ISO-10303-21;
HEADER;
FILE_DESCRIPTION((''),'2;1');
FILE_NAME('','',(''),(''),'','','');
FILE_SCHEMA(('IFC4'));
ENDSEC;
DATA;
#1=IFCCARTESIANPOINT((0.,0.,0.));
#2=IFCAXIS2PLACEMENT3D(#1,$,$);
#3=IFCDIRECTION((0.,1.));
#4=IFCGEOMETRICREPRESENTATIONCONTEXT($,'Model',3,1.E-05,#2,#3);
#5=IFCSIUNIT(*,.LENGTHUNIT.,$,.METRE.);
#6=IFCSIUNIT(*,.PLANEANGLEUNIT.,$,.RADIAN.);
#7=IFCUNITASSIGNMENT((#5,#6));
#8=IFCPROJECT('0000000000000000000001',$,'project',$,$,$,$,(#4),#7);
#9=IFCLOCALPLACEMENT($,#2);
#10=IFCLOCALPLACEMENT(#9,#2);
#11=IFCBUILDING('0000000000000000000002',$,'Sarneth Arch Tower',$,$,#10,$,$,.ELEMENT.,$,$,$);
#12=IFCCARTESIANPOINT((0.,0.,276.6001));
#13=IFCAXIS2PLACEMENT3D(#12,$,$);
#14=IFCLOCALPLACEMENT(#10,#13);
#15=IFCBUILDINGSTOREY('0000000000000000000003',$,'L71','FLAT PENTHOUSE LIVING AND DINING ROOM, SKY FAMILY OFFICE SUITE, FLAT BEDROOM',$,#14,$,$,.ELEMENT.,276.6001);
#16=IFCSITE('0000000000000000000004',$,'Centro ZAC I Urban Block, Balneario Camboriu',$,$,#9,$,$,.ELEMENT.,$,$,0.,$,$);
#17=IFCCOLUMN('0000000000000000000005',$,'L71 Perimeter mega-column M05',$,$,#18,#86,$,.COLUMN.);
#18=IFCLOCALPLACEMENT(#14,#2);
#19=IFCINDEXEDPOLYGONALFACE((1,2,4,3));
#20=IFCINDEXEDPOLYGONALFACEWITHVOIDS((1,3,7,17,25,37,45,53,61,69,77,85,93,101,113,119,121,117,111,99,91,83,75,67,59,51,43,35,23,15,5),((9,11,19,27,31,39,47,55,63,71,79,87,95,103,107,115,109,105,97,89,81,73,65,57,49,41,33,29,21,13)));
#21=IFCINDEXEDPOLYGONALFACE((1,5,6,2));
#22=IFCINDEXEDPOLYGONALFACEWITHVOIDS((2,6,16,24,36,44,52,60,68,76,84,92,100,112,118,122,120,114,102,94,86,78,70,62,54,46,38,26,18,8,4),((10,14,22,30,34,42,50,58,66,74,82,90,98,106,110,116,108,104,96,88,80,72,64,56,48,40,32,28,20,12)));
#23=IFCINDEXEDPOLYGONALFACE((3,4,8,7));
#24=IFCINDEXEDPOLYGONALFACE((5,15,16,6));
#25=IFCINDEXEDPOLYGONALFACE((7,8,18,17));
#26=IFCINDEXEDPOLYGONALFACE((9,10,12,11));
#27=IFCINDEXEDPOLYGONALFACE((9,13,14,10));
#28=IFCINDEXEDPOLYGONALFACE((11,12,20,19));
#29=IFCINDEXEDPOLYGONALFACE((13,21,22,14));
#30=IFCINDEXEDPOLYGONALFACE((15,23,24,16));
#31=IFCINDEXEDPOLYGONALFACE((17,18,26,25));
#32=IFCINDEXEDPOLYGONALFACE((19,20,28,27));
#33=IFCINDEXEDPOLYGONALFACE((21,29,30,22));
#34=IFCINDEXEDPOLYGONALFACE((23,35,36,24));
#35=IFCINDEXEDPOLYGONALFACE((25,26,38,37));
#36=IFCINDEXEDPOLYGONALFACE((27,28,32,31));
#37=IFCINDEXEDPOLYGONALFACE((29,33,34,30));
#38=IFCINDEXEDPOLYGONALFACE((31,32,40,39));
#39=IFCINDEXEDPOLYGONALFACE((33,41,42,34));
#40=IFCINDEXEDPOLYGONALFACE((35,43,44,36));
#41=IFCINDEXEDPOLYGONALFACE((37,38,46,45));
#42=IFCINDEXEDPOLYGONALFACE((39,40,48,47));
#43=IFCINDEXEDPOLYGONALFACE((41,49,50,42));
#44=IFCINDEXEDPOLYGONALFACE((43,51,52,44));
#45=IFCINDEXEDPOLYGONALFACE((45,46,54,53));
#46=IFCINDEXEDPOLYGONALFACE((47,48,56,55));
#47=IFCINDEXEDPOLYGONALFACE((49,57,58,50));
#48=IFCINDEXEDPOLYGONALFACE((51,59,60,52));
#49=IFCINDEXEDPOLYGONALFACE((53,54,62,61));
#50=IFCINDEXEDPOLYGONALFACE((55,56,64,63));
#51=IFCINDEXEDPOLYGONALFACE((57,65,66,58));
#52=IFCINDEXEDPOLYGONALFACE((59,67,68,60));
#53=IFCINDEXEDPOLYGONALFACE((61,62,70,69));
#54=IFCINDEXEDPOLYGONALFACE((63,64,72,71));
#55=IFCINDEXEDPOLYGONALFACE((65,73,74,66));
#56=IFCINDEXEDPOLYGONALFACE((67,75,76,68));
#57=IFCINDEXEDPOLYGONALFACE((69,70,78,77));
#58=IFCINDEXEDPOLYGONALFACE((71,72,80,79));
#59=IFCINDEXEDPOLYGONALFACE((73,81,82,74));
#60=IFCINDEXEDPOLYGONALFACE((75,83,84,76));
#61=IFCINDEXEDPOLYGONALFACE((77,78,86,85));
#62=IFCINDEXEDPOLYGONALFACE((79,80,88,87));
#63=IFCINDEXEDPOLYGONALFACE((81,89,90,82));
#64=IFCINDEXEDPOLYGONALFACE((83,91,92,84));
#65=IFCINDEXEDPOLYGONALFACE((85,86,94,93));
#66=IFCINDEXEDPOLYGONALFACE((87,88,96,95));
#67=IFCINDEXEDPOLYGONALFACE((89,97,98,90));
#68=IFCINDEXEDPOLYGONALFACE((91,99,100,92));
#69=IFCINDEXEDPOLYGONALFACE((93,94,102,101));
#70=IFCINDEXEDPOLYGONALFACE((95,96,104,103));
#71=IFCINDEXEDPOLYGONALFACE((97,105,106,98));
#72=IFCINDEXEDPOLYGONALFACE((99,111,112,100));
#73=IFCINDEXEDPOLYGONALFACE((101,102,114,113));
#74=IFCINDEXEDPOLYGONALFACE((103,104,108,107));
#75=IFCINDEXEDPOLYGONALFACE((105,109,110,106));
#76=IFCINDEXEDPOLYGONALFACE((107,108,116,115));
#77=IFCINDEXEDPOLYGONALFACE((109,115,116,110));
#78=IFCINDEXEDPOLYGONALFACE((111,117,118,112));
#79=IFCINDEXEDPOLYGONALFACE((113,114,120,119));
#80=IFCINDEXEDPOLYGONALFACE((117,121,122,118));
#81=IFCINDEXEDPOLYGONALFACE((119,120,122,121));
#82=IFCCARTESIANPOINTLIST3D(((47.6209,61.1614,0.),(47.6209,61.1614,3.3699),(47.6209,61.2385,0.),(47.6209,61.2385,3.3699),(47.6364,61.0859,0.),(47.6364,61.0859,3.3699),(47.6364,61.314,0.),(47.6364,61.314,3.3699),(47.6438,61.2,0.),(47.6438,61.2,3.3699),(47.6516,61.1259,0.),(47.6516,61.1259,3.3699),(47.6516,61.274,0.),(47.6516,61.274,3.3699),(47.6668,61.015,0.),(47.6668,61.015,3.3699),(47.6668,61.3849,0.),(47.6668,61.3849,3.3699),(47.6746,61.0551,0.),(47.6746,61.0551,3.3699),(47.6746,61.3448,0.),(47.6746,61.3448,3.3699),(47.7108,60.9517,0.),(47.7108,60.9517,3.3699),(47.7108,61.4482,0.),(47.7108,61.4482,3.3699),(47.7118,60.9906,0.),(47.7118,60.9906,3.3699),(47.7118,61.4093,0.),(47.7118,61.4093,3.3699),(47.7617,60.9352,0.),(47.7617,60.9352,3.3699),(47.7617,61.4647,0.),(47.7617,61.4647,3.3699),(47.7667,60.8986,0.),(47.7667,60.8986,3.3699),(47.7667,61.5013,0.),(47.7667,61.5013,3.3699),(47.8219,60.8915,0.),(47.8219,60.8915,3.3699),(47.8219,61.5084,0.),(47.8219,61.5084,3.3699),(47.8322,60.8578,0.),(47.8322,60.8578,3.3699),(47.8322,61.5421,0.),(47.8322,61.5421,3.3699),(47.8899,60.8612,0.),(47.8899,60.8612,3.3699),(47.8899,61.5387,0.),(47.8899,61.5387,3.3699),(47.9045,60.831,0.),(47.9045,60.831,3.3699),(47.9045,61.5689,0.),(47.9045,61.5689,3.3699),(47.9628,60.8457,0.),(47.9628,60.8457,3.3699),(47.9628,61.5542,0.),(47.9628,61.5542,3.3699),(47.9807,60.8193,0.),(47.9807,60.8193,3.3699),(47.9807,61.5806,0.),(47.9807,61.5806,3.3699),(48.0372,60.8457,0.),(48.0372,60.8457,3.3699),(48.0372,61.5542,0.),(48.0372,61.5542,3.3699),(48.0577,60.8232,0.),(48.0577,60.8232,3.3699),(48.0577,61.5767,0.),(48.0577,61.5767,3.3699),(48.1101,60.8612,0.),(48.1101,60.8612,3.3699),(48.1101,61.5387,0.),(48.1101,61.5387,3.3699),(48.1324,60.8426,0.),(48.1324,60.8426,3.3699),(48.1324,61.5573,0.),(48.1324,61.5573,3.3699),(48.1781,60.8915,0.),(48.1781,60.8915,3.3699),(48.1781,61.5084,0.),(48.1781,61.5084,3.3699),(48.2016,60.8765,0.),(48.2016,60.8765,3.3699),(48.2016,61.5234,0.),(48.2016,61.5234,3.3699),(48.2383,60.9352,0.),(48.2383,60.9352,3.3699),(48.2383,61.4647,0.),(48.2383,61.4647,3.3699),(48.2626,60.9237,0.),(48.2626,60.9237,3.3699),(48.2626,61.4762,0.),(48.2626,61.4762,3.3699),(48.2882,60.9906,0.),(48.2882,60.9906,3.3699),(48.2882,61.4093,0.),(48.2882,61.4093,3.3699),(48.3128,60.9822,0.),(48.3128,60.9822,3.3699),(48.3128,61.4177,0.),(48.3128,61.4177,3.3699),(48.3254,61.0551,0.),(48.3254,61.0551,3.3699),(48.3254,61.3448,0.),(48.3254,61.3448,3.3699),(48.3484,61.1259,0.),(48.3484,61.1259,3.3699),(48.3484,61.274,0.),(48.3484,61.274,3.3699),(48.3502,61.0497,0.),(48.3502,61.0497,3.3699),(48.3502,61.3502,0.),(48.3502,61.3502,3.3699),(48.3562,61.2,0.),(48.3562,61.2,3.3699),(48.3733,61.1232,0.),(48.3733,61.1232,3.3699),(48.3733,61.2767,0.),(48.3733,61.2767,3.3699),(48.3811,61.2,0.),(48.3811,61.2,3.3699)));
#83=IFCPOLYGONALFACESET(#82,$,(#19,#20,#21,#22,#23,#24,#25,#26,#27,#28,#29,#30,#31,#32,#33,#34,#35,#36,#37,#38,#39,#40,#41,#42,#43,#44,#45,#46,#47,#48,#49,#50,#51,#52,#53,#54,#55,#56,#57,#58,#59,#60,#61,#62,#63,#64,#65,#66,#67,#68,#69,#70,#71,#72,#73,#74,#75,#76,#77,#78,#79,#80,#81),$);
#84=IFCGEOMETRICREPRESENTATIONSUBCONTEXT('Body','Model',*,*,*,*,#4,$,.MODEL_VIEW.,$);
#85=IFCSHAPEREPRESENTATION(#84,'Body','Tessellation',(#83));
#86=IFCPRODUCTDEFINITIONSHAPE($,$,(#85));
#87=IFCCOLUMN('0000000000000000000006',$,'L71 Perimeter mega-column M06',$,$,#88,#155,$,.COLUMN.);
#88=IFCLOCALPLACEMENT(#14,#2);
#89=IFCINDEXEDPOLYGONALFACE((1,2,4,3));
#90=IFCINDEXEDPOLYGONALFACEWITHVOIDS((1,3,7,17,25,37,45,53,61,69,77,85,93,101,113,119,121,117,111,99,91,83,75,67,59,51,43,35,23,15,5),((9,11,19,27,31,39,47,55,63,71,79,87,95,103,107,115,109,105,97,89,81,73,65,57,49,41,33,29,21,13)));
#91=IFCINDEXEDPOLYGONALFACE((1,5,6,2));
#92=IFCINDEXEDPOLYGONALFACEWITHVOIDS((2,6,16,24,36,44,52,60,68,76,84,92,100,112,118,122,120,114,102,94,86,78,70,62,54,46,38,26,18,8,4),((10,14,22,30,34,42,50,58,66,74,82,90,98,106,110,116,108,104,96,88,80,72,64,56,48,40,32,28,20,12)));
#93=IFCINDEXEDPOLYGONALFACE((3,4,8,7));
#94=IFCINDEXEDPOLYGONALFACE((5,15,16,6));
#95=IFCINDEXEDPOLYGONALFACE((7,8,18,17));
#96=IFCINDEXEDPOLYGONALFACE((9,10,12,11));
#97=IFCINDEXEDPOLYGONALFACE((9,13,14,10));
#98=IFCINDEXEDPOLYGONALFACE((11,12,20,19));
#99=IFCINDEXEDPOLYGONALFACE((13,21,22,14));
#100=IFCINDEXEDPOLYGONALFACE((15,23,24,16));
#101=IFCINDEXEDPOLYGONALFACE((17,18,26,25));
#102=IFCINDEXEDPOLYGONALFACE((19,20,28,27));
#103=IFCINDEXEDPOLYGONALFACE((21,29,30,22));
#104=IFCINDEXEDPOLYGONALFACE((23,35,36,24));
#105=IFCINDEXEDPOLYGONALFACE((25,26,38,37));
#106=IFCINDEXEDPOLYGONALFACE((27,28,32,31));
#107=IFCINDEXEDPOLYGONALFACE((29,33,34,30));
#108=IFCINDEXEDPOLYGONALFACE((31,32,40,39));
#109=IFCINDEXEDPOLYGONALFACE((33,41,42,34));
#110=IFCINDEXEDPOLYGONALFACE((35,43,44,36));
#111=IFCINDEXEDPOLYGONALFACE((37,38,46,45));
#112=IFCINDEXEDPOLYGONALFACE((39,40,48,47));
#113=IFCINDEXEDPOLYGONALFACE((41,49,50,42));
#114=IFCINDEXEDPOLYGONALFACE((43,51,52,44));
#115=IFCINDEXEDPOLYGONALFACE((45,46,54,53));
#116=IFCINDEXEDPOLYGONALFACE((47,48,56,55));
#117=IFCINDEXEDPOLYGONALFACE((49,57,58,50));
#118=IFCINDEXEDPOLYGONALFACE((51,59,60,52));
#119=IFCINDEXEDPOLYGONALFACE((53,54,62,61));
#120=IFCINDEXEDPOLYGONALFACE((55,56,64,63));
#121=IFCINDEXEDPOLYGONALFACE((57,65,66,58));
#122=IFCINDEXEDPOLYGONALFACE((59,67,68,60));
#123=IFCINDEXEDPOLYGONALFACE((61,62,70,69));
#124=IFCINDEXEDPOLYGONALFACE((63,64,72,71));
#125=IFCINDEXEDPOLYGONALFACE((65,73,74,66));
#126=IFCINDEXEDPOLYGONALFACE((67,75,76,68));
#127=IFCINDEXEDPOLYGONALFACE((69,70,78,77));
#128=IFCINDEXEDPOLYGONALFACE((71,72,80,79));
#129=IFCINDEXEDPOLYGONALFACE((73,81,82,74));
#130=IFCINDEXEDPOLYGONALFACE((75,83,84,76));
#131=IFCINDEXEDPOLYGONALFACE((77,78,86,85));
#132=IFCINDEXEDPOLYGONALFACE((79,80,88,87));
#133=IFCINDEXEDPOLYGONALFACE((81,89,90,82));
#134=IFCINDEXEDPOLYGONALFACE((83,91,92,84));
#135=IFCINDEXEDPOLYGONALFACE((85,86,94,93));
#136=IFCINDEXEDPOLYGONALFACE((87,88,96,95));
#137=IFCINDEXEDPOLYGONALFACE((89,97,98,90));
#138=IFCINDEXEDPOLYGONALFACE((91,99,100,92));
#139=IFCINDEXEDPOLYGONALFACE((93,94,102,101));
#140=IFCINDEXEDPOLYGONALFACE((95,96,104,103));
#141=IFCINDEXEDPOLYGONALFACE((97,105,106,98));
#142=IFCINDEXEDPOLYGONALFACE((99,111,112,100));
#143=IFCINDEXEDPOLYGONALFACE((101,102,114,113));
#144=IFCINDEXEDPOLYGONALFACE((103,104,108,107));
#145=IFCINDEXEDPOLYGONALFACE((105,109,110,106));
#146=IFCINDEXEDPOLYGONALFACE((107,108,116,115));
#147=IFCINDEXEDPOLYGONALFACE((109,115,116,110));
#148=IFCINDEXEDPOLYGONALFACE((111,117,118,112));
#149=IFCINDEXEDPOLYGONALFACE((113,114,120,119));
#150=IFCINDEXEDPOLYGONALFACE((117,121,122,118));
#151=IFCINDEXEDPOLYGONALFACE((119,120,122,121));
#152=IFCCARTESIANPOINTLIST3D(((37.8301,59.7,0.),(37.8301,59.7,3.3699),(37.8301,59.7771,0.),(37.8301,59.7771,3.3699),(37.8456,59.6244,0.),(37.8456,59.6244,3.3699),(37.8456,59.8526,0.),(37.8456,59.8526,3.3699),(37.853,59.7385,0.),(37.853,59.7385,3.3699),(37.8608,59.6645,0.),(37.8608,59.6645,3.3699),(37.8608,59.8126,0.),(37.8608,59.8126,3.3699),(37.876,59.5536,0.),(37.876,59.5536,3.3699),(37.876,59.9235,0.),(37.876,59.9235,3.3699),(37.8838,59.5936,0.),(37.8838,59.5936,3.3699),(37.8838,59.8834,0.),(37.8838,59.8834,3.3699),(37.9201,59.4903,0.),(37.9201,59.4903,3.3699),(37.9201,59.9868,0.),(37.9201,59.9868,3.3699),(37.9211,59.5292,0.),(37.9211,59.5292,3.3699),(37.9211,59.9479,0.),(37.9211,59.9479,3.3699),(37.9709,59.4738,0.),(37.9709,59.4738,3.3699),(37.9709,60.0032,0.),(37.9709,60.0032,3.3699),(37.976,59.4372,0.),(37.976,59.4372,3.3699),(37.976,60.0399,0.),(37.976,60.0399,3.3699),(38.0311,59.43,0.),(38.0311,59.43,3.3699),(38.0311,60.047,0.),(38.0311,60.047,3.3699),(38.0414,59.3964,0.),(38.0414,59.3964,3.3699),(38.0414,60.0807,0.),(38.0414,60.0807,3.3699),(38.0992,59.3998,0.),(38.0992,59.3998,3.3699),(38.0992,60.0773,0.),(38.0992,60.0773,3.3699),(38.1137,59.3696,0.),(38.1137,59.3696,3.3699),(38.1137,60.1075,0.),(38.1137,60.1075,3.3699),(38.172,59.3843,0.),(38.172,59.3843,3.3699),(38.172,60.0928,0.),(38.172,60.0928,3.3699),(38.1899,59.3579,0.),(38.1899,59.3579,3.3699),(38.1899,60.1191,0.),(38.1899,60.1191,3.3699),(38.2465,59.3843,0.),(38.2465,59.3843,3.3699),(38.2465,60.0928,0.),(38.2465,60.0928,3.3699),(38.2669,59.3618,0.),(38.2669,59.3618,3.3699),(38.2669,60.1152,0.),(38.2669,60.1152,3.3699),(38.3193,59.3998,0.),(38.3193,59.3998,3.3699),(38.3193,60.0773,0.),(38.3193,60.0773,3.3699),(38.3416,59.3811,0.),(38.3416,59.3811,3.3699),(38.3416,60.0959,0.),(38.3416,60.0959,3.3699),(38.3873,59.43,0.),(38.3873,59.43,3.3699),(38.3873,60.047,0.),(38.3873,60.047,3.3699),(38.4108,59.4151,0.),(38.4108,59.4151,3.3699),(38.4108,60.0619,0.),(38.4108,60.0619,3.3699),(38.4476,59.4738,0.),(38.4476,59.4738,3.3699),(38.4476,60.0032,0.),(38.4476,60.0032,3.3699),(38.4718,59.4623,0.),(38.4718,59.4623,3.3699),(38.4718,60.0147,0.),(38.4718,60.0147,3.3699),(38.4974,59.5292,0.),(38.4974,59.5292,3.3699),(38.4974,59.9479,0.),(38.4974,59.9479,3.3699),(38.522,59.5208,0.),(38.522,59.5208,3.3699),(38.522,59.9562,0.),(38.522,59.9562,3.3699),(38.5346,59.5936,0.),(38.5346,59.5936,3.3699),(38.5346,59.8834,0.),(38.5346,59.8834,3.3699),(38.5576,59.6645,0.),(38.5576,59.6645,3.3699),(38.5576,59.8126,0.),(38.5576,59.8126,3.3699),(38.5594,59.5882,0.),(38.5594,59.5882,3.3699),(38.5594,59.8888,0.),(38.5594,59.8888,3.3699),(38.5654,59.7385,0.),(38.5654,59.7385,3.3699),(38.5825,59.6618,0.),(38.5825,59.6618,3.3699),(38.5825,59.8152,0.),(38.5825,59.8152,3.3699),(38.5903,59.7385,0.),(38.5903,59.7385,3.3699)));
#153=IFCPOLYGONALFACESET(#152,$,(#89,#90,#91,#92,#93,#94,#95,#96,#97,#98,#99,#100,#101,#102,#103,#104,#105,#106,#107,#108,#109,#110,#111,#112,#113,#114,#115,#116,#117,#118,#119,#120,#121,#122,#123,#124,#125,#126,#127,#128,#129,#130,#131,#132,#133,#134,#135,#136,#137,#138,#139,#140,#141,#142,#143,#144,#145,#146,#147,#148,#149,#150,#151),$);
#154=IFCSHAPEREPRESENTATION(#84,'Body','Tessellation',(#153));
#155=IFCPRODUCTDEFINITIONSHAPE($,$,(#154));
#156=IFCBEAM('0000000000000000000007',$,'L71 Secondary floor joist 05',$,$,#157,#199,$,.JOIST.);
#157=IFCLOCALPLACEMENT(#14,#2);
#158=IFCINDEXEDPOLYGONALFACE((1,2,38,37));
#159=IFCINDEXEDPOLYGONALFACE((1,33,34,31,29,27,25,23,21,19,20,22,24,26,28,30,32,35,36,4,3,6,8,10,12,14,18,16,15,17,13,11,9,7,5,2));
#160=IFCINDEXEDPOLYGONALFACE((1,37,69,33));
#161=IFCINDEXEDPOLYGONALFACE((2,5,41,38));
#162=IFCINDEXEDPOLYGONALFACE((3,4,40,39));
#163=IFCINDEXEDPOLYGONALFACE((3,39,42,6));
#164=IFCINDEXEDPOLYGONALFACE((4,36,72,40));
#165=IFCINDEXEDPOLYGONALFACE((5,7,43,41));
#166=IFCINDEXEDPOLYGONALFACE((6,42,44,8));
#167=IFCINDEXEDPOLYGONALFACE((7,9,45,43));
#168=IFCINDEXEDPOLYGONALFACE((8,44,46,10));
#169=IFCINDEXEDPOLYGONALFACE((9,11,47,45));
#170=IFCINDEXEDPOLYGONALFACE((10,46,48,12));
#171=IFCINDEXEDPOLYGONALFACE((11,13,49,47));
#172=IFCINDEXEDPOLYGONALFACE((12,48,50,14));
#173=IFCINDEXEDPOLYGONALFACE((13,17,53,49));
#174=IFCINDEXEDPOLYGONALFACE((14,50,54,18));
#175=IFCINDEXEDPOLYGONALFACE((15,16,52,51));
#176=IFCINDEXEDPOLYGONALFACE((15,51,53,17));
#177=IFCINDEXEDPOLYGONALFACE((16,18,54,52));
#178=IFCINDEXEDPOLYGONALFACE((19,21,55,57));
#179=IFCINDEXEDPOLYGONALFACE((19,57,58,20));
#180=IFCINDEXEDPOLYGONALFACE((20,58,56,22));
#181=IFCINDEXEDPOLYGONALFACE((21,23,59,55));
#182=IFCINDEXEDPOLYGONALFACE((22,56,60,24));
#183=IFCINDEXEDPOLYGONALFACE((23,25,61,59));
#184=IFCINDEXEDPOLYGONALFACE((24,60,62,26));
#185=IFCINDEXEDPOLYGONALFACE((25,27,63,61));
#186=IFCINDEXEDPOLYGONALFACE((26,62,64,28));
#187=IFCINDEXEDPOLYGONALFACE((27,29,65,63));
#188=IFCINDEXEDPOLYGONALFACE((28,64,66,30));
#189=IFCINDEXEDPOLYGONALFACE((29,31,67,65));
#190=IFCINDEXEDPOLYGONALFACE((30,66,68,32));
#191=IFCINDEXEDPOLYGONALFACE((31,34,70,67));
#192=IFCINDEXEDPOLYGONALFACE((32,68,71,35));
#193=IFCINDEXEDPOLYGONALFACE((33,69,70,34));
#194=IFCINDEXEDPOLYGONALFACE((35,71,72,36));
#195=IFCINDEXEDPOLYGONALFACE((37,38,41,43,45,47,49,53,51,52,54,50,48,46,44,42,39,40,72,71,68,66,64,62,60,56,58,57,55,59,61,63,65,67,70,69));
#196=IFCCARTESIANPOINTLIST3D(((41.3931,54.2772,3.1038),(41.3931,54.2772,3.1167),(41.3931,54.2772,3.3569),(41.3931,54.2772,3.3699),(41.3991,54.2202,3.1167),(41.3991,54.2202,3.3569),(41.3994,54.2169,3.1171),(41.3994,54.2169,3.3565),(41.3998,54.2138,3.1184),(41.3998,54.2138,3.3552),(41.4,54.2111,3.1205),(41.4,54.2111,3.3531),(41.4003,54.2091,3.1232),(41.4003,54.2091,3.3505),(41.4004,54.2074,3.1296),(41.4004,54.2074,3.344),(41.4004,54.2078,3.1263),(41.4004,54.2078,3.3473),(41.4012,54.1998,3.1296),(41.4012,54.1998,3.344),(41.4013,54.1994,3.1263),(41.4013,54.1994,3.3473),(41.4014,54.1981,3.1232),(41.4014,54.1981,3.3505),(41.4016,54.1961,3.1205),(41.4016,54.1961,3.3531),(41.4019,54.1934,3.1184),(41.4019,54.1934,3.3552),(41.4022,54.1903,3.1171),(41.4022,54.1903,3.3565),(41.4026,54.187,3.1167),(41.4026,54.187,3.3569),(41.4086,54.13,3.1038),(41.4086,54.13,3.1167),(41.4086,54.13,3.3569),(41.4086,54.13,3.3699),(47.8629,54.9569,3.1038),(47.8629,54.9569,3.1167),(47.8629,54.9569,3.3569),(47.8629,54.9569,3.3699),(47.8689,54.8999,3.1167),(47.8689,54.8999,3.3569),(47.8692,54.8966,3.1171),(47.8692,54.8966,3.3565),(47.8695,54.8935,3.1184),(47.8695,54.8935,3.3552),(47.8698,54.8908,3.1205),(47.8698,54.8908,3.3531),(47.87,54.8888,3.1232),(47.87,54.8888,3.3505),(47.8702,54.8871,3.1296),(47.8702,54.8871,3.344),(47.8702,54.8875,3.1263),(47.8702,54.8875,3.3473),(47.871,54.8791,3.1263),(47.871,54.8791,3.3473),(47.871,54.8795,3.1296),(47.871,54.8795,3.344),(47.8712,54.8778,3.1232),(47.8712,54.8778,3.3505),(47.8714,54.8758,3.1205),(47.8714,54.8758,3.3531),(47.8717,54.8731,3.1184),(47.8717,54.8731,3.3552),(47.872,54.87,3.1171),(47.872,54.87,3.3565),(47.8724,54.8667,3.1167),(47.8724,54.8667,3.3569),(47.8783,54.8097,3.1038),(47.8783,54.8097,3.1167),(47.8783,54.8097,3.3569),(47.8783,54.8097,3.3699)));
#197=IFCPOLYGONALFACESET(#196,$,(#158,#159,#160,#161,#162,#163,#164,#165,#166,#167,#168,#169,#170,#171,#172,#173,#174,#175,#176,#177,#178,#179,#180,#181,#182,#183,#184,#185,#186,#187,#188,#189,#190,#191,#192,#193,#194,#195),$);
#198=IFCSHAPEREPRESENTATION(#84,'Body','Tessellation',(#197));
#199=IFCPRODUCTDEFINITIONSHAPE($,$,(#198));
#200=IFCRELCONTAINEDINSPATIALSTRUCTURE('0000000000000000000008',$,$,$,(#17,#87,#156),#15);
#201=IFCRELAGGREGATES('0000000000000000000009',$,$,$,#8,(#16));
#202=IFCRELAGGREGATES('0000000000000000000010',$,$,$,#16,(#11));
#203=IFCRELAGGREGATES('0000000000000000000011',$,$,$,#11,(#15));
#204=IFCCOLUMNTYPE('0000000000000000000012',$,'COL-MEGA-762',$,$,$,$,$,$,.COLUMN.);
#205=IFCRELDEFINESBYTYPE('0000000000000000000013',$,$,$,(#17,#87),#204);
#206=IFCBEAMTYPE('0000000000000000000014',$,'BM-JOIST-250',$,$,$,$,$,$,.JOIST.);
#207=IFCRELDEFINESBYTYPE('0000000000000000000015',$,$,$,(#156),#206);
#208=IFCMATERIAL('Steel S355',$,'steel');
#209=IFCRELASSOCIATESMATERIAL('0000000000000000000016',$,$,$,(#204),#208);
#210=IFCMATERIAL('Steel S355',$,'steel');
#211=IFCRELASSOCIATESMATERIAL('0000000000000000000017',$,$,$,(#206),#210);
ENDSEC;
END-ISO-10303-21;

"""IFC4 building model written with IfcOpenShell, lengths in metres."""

from ifc_helpers import new_model, si_unit, direction, frame, origin, origin_2d, place, context, subcontext, project, spatial, hollow_circle, i_section, extrude, material, material_profile, profile_set, type_object, element, save


model = new_model("IFC4")

# Units and contexts
model_context = context("Model", 3, precision=1e-05, world=origin(), true_north=direction((0.0, 1.0)))
body_context = subcontext(model_context, "Body", "Model", "MODEL_VIEW")
ifc_project = project(units=[si_unit("LENGTHUNIT", "METRE"), si_unit("PLANEANGLEUNIT", "RADIAN")], contexts=[model_context])

# Site, building, storey
site_placement = place(None, origin())
site = spatial("IfcSite", under=ifc_project, at=site_placement, Name="Centro ZAC I Urban Block, Balneario Camboriu", CompositionType="ELEMENT", RefElevation=0.0)
building_placement = place(site_placement, origin())
building = spatial("IfcBuilding", under=site, at=building_placement, Name="Sarneth Arch Tower", CompositionType="ELEMENT")
storey_placement = place(building_placement, frame((0.0, 0.0, 276.6001)))
storey = spatial("IfcBuildingStorey", under=building, at=storey_placement, Name="L71", Description="FLAT PENTHOUSE LIVING AND DINING ROOM, SKY FAMILY OFFICE SUITE, FLAT BEDROOM", CompositionType="ELEMENT", Elevation=276.6001)

# Columns
ifc_material_1 = material(Name="Steel S355", Category="steel")
ifc_material_profile_1 = material_profile(ifc_material_1, hollow_circle(Radius=0.3811, WallThickness=0.0249, at=origin_2d()), Name="CHS762x25")
ifc_profile_set_1 = profile_set([ifc_material_profile_1], Name="Steel S355")
column_type = type_object("IfcColumnType", Name="COL-MEGA-762", PredefinedType="COLUMN", material=ifc_profile_set_1)
for number, where, z_axis, x_axis, name in (
    (1, (48.0, 61.2, 0.0), (0.0, 0.0, 1.0), (1.0, 0.0, 0.0), "L71 Perimeter mega-column M05"),
    (2, (38.2092, 59.7385, 0.0), (0.0, 0.0, 1.0), (1.0, 0.0, 0.0), "L71 Perimeter mega-column M06"),
):
    element("IfcColumn", number, at=place(storey_placement, frame(where, z_axis=z_axis, x_axis=x_axis)), inside=storey, type_object=column_type, Name=name, PredefinedType="COLUMN", context=body_context, shape_type="SweptSolid", body=[
        extrude(hollow_circle(Radius=0.3811, WallThickness=0.0249, at=origin_2d()), origin(), (0.0, 0.0, 1.0), 3.3699),
    ])

# Beam
ifc_material_2 = material(Name="Steel S355", Category="steel")
ifc_material_profile_2 = material_profile(ifc_material_2, i_section(OverallWidth=0.1479, OverallDepth=0.2661, WebThickness=0.0076, FlangeThickness=0.0129, FilletRadius=0.0129, at=origin_2d()), Name="W250x44.8")
ifc_profile_set_2 = profile_set([ifc_material_profile_2], Name="Steel S355")
beam_type_1 = type_object("IfcBeamType", Name="BM-JOIST-250", PredefinedType="JOIST", material=ifc_profile_set_2)
beam_1_placement = place(storey_placement, frame((47.8706, 54.8833, 3.2368), z_axis=(-0.994527, -0.104482, 0.0), x_axis=(0.104482, -0.994527, 0.0)))
element("IfcBeam", 3, at=beam_1_placement, inside=storey, type_object=beam_type_1, Name="L71 Secondary floor joist 05", PredefinedType="JOIST", context=body_context, shape_type="SweptSolid", body=[
    extrude(i_section(OverallWidth=0.1479, OverallDepth=0.2661, WebThickness=0.0076, FlangeThickness=0.0129, FilletRadius=0.0129, at=origin_2d()), origin(), (0.0, 0.0, 1.0), 6.5054),
])

save(model, "model.ifc")
